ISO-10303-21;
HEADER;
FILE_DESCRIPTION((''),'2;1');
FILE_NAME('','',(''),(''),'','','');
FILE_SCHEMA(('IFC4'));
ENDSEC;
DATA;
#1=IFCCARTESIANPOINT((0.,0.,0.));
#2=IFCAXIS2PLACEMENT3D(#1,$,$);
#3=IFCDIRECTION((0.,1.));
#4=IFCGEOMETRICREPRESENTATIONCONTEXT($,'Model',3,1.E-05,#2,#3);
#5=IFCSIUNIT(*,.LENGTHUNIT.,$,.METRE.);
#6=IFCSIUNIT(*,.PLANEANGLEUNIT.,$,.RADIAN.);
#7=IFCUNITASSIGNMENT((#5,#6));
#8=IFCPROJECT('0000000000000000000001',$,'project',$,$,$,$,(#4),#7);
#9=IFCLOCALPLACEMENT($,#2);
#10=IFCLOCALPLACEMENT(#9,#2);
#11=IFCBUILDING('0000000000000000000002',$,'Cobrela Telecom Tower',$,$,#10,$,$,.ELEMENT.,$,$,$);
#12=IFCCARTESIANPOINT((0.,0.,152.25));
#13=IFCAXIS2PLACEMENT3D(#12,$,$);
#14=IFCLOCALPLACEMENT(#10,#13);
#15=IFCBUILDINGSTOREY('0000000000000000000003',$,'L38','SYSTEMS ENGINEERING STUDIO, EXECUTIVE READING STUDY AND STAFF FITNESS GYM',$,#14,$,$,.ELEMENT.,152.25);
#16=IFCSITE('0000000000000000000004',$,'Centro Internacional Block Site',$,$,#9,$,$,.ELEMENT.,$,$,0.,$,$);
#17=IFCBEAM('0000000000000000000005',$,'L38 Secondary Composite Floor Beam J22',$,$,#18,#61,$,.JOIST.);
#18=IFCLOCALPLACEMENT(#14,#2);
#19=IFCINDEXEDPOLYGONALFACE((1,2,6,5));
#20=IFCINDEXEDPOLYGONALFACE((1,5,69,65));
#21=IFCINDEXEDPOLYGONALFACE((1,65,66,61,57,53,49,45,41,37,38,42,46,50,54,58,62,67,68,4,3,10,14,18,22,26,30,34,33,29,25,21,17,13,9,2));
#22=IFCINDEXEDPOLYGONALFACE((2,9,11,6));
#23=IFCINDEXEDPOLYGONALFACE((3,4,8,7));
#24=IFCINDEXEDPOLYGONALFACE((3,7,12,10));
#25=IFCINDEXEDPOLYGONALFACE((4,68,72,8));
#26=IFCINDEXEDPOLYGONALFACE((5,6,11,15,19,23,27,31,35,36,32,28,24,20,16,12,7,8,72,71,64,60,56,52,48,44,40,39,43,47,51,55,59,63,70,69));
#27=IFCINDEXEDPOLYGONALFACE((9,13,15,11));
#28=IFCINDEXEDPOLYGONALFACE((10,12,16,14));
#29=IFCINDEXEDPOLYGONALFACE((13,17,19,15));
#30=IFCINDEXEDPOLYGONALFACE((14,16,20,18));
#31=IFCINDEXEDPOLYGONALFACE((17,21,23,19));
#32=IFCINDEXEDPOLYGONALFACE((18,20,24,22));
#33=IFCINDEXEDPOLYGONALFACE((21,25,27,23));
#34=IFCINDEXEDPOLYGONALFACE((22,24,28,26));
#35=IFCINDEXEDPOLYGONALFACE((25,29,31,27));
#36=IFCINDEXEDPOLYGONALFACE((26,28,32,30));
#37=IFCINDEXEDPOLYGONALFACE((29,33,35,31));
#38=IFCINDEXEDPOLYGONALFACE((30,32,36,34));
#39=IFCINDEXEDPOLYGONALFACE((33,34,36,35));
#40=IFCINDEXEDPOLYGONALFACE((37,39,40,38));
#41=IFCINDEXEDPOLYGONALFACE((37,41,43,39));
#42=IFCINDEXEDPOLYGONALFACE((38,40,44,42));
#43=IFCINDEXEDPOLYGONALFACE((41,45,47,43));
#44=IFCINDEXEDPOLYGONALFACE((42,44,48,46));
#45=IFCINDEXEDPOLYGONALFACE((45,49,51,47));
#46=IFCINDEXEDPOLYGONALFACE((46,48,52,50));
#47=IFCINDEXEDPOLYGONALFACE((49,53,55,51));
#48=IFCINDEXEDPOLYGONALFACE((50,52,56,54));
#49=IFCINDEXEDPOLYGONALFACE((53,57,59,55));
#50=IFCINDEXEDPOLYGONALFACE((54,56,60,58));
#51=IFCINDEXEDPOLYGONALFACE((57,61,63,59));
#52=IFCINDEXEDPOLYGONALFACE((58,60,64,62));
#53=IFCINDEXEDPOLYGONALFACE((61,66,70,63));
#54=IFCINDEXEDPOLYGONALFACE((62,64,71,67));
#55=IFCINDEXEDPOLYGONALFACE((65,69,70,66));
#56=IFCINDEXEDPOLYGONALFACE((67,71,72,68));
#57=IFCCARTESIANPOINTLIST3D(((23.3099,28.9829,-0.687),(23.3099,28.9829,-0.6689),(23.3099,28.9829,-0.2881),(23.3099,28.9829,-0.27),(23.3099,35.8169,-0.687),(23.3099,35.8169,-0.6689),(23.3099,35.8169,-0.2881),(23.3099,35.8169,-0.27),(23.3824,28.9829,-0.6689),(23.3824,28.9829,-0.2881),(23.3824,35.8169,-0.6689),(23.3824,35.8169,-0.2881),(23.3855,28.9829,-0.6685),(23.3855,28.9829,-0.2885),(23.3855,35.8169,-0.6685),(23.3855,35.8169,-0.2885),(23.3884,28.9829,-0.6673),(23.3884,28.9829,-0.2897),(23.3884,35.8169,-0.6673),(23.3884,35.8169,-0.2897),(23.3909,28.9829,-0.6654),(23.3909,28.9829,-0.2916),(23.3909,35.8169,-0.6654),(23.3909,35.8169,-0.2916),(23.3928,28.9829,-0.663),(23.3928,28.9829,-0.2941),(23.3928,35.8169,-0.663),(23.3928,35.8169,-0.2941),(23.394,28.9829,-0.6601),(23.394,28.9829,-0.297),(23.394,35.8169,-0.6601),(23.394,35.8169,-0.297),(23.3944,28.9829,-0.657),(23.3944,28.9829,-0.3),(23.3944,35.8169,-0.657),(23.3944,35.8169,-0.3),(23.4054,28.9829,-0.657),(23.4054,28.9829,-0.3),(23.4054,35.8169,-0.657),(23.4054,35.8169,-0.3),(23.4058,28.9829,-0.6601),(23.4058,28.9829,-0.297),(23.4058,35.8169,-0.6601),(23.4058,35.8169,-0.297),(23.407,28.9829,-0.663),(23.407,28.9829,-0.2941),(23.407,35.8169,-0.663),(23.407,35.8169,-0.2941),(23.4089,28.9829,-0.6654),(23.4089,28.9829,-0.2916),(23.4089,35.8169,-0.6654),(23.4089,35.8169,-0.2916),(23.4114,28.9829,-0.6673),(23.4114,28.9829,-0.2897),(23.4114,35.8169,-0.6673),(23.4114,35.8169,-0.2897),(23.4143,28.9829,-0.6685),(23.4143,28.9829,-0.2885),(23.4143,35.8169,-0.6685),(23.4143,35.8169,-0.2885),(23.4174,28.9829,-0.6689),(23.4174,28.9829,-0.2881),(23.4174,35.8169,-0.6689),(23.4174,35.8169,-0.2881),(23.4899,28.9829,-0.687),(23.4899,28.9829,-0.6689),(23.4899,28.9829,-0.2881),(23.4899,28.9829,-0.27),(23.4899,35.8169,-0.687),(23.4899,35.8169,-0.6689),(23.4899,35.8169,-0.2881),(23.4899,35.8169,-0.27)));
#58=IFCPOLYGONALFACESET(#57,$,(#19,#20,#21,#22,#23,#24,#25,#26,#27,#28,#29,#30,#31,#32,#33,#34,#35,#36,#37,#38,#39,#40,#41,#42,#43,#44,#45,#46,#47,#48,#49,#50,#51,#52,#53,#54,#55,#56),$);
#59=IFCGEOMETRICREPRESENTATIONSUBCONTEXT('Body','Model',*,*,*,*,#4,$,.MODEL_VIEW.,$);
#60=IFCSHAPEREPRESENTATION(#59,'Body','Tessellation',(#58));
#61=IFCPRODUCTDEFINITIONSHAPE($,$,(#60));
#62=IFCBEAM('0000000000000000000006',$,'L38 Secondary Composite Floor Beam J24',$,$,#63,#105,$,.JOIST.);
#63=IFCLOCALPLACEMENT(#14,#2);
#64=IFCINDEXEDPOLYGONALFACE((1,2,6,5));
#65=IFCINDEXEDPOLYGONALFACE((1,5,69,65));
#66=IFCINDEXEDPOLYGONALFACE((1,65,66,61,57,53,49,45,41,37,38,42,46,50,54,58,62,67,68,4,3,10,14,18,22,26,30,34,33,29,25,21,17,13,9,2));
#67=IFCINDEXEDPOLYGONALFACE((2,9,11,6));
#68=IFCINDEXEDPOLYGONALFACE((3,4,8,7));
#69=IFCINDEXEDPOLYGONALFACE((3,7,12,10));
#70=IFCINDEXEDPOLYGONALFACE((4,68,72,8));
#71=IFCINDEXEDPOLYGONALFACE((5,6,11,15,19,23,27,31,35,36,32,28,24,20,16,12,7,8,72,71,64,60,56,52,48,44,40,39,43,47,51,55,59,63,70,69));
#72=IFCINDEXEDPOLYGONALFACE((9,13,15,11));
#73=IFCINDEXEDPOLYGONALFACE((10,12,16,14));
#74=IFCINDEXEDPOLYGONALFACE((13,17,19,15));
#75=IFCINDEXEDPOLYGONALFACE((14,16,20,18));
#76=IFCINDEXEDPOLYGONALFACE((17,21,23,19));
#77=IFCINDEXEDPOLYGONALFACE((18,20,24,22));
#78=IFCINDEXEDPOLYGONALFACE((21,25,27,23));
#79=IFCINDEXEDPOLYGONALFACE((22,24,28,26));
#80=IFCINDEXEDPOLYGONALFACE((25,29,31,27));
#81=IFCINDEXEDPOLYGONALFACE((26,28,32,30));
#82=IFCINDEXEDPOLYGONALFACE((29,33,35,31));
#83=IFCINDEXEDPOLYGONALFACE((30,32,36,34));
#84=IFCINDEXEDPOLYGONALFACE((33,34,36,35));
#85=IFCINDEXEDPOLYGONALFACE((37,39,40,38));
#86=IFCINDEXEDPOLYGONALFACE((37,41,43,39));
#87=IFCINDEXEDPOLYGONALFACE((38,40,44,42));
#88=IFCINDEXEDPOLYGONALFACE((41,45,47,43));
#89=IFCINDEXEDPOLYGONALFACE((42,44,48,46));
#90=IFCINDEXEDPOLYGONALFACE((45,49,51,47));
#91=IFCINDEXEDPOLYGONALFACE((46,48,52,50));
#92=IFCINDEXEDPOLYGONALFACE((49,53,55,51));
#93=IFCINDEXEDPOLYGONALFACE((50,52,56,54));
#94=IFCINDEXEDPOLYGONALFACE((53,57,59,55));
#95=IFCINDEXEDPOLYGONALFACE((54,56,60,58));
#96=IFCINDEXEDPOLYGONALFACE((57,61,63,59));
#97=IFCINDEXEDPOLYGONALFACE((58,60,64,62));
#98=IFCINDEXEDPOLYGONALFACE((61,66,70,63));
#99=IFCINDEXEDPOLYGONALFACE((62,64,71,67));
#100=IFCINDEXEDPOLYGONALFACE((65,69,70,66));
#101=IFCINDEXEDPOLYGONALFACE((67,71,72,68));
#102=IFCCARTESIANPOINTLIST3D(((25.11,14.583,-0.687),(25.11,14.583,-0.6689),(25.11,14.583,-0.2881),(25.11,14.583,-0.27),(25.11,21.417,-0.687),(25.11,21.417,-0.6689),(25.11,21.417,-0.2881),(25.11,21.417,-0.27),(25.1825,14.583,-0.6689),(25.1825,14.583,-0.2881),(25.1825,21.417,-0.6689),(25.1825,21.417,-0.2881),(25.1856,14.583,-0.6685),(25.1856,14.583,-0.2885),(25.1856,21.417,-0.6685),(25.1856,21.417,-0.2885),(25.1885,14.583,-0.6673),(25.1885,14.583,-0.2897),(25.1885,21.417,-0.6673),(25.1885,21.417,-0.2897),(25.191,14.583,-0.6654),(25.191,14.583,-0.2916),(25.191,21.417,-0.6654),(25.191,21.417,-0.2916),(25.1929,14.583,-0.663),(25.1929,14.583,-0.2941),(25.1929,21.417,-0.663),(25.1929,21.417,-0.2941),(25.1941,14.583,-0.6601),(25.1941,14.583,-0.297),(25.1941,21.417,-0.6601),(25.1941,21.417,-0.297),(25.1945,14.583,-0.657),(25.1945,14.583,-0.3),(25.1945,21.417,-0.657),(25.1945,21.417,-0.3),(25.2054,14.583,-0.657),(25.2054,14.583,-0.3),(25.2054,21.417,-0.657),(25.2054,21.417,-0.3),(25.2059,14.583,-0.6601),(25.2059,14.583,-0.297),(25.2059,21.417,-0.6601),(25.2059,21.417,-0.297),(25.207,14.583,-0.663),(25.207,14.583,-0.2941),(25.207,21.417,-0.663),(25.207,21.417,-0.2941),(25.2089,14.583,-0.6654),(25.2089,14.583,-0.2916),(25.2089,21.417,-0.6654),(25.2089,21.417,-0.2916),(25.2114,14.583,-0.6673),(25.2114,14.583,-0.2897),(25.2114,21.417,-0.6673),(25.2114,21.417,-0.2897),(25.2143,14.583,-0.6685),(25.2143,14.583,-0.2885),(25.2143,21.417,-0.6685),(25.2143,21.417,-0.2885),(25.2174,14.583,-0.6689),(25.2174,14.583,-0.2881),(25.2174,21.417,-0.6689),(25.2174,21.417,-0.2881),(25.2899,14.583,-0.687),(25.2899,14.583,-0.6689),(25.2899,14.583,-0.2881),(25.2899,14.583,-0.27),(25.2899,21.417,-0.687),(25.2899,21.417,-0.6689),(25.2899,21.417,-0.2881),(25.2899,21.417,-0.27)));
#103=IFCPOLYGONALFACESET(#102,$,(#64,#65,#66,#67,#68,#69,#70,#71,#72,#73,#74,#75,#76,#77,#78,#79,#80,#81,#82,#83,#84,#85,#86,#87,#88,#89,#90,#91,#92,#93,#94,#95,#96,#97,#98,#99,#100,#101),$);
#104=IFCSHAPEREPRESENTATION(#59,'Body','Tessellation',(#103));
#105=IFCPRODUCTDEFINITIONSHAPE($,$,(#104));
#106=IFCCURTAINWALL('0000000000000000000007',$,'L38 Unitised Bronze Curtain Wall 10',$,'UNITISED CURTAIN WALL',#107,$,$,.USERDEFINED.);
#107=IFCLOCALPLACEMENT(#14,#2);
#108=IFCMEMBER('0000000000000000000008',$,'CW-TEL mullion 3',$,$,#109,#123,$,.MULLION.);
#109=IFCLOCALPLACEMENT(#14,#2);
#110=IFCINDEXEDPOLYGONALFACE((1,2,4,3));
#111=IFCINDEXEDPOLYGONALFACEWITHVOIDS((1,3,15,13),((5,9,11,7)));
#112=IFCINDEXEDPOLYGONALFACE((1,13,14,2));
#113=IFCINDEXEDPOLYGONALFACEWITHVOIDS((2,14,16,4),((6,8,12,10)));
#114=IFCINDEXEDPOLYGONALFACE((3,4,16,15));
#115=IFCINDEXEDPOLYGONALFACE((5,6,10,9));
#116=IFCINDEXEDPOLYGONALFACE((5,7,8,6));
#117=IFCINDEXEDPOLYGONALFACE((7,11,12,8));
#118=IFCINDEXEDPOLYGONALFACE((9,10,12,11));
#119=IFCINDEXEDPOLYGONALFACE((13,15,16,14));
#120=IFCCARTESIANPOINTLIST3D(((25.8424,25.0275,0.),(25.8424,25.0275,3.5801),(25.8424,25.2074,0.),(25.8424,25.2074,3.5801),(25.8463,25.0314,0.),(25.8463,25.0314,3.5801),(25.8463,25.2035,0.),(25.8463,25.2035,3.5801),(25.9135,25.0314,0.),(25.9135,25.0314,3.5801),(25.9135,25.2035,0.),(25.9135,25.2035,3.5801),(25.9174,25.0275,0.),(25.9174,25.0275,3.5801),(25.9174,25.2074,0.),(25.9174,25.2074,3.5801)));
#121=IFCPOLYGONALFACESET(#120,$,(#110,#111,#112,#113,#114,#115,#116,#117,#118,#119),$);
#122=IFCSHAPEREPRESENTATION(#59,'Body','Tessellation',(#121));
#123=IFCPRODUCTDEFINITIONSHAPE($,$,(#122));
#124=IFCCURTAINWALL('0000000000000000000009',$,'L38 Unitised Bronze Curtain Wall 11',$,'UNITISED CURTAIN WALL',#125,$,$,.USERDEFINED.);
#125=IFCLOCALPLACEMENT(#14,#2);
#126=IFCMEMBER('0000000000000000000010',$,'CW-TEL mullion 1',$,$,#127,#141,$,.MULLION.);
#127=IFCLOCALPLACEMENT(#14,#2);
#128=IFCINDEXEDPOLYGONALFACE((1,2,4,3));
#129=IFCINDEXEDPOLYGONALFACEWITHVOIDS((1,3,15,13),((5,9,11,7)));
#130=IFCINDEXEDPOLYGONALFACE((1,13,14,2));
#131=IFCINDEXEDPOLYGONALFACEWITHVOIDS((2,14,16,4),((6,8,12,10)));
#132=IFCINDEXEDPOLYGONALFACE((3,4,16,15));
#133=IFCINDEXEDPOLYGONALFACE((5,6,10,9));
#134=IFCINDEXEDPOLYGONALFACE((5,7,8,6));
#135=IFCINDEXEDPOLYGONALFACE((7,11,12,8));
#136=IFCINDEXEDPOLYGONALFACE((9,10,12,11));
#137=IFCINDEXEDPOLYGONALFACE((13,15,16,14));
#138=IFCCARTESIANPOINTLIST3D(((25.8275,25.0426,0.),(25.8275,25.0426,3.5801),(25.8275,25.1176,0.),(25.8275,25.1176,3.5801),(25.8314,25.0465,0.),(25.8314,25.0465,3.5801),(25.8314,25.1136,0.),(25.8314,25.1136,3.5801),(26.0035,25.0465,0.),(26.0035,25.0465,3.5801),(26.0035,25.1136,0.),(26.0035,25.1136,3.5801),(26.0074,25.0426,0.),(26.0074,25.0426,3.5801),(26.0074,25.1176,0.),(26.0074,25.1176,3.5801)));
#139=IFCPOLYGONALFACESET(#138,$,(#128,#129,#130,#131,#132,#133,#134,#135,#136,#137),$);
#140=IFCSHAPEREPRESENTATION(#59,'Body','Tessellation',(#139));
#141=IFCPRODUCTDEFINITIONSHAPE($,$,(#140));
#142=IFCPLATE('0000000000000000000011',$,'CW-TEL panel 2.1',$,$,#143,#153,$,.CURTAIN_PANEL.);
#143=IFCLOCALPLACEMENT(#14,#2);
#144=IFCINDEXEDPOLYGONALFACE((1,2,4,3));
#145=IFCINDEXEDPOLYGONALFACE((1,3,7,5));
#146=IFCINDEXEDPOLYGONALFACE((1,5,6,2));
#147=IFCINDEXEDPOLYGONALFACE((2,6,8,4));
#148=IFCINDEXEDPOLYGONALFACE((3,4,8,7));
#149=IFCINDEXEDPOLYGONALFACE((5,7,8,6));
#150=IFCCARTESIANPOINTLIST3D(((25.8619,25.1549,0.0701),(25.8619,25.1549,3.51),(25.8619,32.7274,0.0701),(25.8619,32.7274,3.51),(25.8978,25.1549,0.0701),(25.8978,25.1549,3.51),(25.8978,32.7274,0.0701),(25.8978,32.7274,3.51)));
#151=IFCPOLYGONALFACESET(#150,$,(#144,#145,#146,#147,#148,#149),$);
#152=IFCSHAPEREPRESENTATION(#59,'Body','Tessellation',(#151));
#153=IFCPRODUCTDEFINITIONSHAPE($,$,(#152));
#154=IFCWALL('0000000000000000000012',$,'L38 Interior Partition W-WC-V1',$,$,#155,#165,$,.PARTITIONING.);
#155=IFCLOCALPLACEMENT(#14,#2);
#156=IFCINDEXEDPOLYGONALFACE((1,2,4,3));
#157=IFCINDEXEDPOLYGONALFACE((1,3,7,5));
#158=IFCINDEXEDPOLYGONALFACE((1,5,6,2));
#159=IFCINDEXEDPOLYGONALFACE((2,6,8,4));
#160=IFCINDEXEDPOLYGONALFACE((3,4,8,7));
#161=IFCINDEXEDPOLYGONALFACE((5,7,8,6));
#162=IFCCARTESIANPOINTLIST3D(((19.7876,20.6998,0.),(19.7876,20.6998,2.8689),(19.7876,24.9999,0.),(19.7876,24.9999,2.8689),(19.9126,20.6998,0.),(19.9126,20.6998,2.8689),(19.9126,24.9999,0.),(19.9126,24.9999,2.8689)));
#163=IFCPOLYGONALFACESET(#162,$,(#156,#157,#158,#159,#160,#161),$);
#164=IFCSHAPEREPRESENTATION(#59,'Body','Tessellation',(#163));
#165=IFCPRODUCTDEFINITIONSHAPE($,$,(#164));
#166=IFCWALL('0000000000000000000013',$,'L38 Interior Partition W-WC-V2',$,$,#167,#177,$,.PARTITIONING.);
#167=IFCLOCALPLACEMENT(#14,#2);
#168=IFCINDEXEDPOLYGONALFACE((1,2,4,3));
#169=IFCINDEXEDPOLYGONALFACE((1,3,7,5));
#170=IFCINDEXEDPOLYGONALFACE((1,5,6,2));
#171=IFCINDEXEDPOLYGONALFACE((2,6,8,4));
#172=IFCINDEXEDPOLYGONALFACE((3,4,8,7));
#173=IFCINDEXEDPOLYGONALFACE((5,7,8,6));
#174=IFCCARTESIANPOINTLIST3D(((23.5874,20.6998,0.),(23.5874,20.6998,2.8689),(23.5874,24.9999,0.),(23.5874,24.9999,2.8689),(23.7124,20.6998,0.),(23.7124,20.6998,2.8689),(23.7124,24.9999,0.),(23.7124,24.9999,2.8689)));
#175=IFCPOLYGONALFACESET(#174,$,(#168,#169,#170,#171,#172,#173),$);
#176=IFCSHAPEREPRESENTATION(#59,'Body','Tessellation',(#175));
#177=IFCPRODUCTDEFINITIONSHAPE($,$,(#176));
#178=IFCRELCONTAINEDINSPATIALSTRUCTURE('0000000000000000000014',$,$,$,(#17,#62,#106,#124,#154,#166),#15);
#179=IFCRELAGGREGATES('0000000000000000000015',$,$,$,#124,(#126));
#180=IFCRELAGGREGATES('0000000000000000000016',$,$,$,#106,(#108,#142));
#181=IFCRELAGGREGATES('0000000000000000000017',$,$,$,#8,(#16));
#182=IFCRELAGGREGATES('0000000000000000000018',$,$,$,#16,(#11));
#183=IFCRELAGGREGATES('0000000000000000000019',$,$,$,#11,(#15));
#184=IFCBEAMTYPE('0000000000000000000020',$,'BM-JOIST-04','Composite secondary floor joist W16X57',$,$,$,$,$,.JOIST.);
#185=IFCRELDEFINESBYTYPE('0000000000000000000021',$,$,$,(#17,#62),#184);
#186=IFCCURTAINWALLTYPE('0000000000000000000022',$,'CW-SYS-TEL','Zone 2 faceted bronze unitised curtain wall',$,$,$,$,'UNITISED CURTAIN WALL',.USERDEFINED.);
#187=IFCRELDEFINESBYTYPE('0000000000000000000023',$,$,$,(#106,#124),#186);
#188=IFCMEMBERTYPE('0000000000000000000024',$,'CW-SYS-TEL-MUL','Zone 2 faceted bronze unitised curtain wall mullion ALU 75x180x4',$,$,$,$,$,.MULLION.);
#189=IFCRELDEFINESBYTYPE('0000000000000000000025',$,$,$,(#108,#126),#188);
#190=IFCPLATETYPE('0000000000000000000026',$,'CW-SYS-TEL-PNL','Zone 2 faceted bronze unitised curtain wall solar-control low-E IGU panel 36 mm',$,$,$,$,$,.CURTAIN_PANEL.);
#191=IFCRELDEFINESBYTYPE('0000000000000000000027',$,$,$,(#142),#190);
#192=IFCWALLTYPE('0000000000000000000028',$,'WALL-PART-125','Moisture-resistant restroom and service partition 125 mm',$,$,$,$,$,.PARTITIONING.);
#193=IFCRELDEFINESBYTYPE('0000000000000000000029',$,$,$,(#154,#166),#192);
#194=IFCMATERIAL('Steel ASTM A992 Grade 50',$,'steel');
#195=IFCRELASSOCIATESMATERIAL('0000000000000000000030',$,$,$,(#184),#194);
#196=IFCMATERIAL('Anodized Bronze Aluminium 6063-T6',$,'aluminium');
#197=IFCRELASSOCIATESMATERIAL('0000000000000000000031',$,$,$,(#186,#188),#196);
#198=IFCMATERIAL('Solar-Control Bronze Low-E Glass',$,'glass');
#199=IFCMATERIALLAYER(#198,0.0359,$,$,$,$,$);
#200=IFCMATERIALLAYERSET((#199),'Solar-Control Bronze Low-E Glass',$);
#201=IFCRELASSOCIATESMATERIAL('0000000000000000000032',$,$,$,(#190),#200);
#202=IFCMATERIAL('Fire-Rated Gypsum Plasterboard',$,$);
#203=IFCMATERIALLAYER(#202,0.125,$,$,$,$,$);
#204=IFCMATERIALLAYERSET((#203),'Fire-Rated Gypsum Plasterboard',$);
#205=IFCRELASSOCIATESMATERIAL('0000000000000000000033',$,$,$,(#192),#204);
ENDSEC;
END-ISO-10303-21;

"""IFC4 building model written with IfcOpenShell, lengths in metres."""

from ifc_helpers import new_model, si_unit, direction, frame, frame_2d, origin, origin_2d, place, context, subcontext, project, spatial, rectangle, hollow_rectangle, i_section, extrude, material, layer, layer_set, material_profile, profile_set, type_object, element, aggregate, save


model = new_model("IFC4")

# Units and contexts
model_context = context("Model", 3, precision=1e-05, world=origin(), true_north=direction((0.0, 1.0)))
body_context = subcontext(model_context, "Body", "Model", "MODEL_VIEW")
ifc_project = project(units=[si_unit("LENGTHUNIT", "METRE"), si_unit("PLANEANGLEUNIT", "RADIAN")], contexts=[model_context])

# Site, building, storey
site_placement = place(None, origin())
site = spatial("IfcSite", under=ifc_project, at=site_placement, Name="Centro Internacional Block Site", CompositionType="ELEMENT", RefElevation=0.0)
building_placement = place(site_placement, origin())
building = spatial("IfcBuilding", under=site, at=building_placement, Name="Cobrela Telecom Tower", CompositionType="ELEMENT")
storey_placement = place(building_placement, frame((0.0, 0.0, 152.25)))
storey = spatial("IfcBuildingStorey", under=building, at=storey_placement, Name="L38", Description="SYSTEMS ENGINEERING STUDIO, EXECUTIVE READING STUDY AND STAFF FITNESS GYM", CompositionType="ELEMENT", Elevation=152.25)

# Shared definitions
ifc_material_1 = material(Name="Steel ASTM A992 Grade 50", Category="steel")

# Beams
ifc_material_profile_1 = material_profile(ifc_material_1, i_section(OverallWidth=0.1799, OverallDepth=0.417, WebThickness=0.011, FlangeThickness=0.0181, FilletRadius=0.012, at=origin_2d()), Name="W16X57")
ifc_profile_set_1 = profile_set([ifc_material_profile_1], Name="Steel ASTM A992 Grade 50")
beam_type_1 = type_object("IfcBeamType", Name="BM-JOIST-04", Description="Composite secondary floor joist W16X57", PredefinedType="JOIST", material=ifc_profile_set_1)
for number, where, z_axis, x_axis, name in (
    (1, (23.3999, 28.9829, -0.4785), (0.0, 1.0, 0.0), (-1.0, 0.0, 0.0), "L38 Secondary Composite Floor Beam J22"),
    (2, (25.2, 14.583, -0.4785), (0.0, 1.0, 0.0), (-1.0, 0.0, 0.0), "L38 Secondary Composite Floor Beam J24"),
):
    element("IfcBeam", number, at=place(storey_placement, frame(where, z_axis=z_axis, x_axis=x_axis)), inside=storey, type_object=beam_type_1, Name=name, PredefinedType="JOIST", context=body_context, shape_type="SweptSolid", body=[
        extrude(i_section(OverallWidth=0.1799, OverallDepth=0.417, WebThickness=0.011, FlangeThickness=0.0181, FilletRadius=0.012, at=origin_2d()), origin(), (0.0, 0.0, 1.0), 6.834),
    ])

# Curtain walls, members
ifc_material_2 = material(Name="Anodized Bronze Aluminium 6063-T6", Category="aluminium")
curtain_wall_type = type_object("IfcCurtainWallType", Name="CW-SYS-TEL", Description="Zone 2 faceted bronze unitised curtain wall", ElementType="UNITISED CURTAIN WALL", PredefinedType="USERDEFINED", material=ifc_material_2)
curtain_wall_1_placement = place(storey_placement, origin())
curtain_wall_1 = element("IfcCurtainWall", 3, at=curtain_wall_1_placement, inside=storey, type_object=curtain_wall_type, Name="L38 Unitised Bronze Curtain Wall 10", ObjectType="UNITISED CURTAIN WALL", PredefinedType="USERDEFINED")
ifc_material_profile_2 = material_profile(ifc_material_2, hollow_rectangle(XDim=0.075, YDim=0.1799, WallThickness=0.0039, at=origin_2d()), Name="ALU 75x180x4")
ifc_profile_set_2 = profile_set([ifc_material_profile_2], Name="Anodized Bronze Aluminium 6063-T6")
member_type = type_object("IfcMemberType", Name="CW-SYS-TEL-MUL", Description="Zone 2 faceted bronze unitised curtain wall mullion ALU 75x180x4", PredefinedType="MULLION", material=ifc_profile_set_2)
member_1_placement = place(storey_placement, frame((25.8799, 25.1174, 0.0), z_axis=(0.0, 0.0, 1.0), x_axis=(1.0, 0.0, 0.0)))
member_1 = element("IfcMember", 4, at=member_1_placement, type_object=member_type, Name="CW-TEL mullion 3", PredefinedType="MULLION", context=body_context, shape_type="SweptSolid", body=[
    extrude(hollow_rectangle(XDim=0.075, YDim=0.1799, WallThickness=0.0039, at=origin_2d()), origin(), (0.0, 0.0, 1.0), 3.5801),
])
curtain_wall_2_placement = place(storey_placement, origin())
curtain_wall_2 = element("IfcCurtainWall", 5, at=curtain_wall_2_placement, inside=storey, type_object=curtain_wall_type, Name="L38 Unitised Bronze Curtain Wall 11", ObjectType="UNITISED CURTAIN WALL", PredefinedType="USERDEFINED")
member_2_placement = place(storey_placement, frame((25.9175, 25.0801, 0.0), z_axis=(0.0, 0.0, 1.0), x_axis=(0.0, 1.0, 0.0)))
member_2 = element("IfcMember", 6, at=member_2_placement, type_object=member_type, Name="CW-TEL mullion 1", PredefinedType="MULLION", context=body_context, shape_type="SweptSolid", body=[
    extrude(hollow_rectangle(XDim=0.075, YDim=0.1799, WallThickness=0.0039, at=origin_2d()), origin(), (0.0, 0.0, 1.0), 3.5801),
])
aggregate(curtain_wall_2, [member_2])

# Plate
ifc_material_3 = material(Name="Solar-Control Bronze Low-E Glass", Category="glass")
ifc_layer_1 = layer(ifc_material_3, 0.0359)
ifc_layer_set_1 = layer_set([ifc_layer_1], Name="Solar-Control Bronze Low-E Glass")
plate_type = type_object("IfcPlateType", Name="CW-SYS-TEL-PNL", Description="Zone 2 faceted bronze unitised curtain wall solar-control low-E IGU panel 36 mm", PredefinedType="CURTAIN_PANEL", material=ifc_layer_set_1)
plate_placement = place(storey_placement, frame((25.8799, 28.9412, 0.0701), z_axis=(0.0, 0.0, 1.0), x_axis=(0.0, -1.0, 0.0)))
plate = element("IfcPlate", 7, at=plate_placement, type_object=plate_type, Name="CW-TEL panel 2.1", PredefinedType="CURTAIN_PANEL", context=body_context, shape_type="SweptSolid", body=[
    extrude(rectangle(XDim=7.5725, YDim=0.0359, at=origin_2d()), origin(), (0.0, 0.0, 1.0), 3.4399),
])
aggregate(curtain_wall_1, [member_1, plate])

# Walls
ifc_material_4 = material(Name="Fire-Rated Gypsum Plasterboard")
ifc_layer_2 = layer(ifc_material_4, 0.125)
ifc_layer_set_2 = layer_set([ifc_layer_2], Name="Fire-Rated Gypsum Plasterboard")
wall_type = type_object("IfcWallType", Name="WALL-PART-125", Description="Moisture-resistant restroom and service partition 125 mm", PredefinedType="PARTITIONING", material=ifc_layer_set_2)
for number, where, z_axis, x_axis, name in (
    (8, (19.8501, 20.7, 0.0), (0.0, 0.0, 1.0), (0.0, 1.0, 0.0), "L38 Interior Partition W-WC-V1"),
    (9, (23.6499, 20.7, 0.0), (0.0, 0.0, 1.0), (0.0, 1.0, 0.0), "L38 Interior Partition W-WC-V2"),
):
    element("IfcWall", number, at=place(storey_placement, frame(where, z_axis=z_axis, x_axis=x_axis)), inside=storey, type_object=wall_type, Name=name, PredefinedType="PARTITIONING", context=body_context, shape_type="SweptSolid", body=[
        extrude(rectangle(XDim=4.3, YDim=0.125, at=frame_2d((2.1499, 0.0))), origin(), (0.0, 0.0, 1.0), 2.8689),
    ])

save(model, "model.ifc")
